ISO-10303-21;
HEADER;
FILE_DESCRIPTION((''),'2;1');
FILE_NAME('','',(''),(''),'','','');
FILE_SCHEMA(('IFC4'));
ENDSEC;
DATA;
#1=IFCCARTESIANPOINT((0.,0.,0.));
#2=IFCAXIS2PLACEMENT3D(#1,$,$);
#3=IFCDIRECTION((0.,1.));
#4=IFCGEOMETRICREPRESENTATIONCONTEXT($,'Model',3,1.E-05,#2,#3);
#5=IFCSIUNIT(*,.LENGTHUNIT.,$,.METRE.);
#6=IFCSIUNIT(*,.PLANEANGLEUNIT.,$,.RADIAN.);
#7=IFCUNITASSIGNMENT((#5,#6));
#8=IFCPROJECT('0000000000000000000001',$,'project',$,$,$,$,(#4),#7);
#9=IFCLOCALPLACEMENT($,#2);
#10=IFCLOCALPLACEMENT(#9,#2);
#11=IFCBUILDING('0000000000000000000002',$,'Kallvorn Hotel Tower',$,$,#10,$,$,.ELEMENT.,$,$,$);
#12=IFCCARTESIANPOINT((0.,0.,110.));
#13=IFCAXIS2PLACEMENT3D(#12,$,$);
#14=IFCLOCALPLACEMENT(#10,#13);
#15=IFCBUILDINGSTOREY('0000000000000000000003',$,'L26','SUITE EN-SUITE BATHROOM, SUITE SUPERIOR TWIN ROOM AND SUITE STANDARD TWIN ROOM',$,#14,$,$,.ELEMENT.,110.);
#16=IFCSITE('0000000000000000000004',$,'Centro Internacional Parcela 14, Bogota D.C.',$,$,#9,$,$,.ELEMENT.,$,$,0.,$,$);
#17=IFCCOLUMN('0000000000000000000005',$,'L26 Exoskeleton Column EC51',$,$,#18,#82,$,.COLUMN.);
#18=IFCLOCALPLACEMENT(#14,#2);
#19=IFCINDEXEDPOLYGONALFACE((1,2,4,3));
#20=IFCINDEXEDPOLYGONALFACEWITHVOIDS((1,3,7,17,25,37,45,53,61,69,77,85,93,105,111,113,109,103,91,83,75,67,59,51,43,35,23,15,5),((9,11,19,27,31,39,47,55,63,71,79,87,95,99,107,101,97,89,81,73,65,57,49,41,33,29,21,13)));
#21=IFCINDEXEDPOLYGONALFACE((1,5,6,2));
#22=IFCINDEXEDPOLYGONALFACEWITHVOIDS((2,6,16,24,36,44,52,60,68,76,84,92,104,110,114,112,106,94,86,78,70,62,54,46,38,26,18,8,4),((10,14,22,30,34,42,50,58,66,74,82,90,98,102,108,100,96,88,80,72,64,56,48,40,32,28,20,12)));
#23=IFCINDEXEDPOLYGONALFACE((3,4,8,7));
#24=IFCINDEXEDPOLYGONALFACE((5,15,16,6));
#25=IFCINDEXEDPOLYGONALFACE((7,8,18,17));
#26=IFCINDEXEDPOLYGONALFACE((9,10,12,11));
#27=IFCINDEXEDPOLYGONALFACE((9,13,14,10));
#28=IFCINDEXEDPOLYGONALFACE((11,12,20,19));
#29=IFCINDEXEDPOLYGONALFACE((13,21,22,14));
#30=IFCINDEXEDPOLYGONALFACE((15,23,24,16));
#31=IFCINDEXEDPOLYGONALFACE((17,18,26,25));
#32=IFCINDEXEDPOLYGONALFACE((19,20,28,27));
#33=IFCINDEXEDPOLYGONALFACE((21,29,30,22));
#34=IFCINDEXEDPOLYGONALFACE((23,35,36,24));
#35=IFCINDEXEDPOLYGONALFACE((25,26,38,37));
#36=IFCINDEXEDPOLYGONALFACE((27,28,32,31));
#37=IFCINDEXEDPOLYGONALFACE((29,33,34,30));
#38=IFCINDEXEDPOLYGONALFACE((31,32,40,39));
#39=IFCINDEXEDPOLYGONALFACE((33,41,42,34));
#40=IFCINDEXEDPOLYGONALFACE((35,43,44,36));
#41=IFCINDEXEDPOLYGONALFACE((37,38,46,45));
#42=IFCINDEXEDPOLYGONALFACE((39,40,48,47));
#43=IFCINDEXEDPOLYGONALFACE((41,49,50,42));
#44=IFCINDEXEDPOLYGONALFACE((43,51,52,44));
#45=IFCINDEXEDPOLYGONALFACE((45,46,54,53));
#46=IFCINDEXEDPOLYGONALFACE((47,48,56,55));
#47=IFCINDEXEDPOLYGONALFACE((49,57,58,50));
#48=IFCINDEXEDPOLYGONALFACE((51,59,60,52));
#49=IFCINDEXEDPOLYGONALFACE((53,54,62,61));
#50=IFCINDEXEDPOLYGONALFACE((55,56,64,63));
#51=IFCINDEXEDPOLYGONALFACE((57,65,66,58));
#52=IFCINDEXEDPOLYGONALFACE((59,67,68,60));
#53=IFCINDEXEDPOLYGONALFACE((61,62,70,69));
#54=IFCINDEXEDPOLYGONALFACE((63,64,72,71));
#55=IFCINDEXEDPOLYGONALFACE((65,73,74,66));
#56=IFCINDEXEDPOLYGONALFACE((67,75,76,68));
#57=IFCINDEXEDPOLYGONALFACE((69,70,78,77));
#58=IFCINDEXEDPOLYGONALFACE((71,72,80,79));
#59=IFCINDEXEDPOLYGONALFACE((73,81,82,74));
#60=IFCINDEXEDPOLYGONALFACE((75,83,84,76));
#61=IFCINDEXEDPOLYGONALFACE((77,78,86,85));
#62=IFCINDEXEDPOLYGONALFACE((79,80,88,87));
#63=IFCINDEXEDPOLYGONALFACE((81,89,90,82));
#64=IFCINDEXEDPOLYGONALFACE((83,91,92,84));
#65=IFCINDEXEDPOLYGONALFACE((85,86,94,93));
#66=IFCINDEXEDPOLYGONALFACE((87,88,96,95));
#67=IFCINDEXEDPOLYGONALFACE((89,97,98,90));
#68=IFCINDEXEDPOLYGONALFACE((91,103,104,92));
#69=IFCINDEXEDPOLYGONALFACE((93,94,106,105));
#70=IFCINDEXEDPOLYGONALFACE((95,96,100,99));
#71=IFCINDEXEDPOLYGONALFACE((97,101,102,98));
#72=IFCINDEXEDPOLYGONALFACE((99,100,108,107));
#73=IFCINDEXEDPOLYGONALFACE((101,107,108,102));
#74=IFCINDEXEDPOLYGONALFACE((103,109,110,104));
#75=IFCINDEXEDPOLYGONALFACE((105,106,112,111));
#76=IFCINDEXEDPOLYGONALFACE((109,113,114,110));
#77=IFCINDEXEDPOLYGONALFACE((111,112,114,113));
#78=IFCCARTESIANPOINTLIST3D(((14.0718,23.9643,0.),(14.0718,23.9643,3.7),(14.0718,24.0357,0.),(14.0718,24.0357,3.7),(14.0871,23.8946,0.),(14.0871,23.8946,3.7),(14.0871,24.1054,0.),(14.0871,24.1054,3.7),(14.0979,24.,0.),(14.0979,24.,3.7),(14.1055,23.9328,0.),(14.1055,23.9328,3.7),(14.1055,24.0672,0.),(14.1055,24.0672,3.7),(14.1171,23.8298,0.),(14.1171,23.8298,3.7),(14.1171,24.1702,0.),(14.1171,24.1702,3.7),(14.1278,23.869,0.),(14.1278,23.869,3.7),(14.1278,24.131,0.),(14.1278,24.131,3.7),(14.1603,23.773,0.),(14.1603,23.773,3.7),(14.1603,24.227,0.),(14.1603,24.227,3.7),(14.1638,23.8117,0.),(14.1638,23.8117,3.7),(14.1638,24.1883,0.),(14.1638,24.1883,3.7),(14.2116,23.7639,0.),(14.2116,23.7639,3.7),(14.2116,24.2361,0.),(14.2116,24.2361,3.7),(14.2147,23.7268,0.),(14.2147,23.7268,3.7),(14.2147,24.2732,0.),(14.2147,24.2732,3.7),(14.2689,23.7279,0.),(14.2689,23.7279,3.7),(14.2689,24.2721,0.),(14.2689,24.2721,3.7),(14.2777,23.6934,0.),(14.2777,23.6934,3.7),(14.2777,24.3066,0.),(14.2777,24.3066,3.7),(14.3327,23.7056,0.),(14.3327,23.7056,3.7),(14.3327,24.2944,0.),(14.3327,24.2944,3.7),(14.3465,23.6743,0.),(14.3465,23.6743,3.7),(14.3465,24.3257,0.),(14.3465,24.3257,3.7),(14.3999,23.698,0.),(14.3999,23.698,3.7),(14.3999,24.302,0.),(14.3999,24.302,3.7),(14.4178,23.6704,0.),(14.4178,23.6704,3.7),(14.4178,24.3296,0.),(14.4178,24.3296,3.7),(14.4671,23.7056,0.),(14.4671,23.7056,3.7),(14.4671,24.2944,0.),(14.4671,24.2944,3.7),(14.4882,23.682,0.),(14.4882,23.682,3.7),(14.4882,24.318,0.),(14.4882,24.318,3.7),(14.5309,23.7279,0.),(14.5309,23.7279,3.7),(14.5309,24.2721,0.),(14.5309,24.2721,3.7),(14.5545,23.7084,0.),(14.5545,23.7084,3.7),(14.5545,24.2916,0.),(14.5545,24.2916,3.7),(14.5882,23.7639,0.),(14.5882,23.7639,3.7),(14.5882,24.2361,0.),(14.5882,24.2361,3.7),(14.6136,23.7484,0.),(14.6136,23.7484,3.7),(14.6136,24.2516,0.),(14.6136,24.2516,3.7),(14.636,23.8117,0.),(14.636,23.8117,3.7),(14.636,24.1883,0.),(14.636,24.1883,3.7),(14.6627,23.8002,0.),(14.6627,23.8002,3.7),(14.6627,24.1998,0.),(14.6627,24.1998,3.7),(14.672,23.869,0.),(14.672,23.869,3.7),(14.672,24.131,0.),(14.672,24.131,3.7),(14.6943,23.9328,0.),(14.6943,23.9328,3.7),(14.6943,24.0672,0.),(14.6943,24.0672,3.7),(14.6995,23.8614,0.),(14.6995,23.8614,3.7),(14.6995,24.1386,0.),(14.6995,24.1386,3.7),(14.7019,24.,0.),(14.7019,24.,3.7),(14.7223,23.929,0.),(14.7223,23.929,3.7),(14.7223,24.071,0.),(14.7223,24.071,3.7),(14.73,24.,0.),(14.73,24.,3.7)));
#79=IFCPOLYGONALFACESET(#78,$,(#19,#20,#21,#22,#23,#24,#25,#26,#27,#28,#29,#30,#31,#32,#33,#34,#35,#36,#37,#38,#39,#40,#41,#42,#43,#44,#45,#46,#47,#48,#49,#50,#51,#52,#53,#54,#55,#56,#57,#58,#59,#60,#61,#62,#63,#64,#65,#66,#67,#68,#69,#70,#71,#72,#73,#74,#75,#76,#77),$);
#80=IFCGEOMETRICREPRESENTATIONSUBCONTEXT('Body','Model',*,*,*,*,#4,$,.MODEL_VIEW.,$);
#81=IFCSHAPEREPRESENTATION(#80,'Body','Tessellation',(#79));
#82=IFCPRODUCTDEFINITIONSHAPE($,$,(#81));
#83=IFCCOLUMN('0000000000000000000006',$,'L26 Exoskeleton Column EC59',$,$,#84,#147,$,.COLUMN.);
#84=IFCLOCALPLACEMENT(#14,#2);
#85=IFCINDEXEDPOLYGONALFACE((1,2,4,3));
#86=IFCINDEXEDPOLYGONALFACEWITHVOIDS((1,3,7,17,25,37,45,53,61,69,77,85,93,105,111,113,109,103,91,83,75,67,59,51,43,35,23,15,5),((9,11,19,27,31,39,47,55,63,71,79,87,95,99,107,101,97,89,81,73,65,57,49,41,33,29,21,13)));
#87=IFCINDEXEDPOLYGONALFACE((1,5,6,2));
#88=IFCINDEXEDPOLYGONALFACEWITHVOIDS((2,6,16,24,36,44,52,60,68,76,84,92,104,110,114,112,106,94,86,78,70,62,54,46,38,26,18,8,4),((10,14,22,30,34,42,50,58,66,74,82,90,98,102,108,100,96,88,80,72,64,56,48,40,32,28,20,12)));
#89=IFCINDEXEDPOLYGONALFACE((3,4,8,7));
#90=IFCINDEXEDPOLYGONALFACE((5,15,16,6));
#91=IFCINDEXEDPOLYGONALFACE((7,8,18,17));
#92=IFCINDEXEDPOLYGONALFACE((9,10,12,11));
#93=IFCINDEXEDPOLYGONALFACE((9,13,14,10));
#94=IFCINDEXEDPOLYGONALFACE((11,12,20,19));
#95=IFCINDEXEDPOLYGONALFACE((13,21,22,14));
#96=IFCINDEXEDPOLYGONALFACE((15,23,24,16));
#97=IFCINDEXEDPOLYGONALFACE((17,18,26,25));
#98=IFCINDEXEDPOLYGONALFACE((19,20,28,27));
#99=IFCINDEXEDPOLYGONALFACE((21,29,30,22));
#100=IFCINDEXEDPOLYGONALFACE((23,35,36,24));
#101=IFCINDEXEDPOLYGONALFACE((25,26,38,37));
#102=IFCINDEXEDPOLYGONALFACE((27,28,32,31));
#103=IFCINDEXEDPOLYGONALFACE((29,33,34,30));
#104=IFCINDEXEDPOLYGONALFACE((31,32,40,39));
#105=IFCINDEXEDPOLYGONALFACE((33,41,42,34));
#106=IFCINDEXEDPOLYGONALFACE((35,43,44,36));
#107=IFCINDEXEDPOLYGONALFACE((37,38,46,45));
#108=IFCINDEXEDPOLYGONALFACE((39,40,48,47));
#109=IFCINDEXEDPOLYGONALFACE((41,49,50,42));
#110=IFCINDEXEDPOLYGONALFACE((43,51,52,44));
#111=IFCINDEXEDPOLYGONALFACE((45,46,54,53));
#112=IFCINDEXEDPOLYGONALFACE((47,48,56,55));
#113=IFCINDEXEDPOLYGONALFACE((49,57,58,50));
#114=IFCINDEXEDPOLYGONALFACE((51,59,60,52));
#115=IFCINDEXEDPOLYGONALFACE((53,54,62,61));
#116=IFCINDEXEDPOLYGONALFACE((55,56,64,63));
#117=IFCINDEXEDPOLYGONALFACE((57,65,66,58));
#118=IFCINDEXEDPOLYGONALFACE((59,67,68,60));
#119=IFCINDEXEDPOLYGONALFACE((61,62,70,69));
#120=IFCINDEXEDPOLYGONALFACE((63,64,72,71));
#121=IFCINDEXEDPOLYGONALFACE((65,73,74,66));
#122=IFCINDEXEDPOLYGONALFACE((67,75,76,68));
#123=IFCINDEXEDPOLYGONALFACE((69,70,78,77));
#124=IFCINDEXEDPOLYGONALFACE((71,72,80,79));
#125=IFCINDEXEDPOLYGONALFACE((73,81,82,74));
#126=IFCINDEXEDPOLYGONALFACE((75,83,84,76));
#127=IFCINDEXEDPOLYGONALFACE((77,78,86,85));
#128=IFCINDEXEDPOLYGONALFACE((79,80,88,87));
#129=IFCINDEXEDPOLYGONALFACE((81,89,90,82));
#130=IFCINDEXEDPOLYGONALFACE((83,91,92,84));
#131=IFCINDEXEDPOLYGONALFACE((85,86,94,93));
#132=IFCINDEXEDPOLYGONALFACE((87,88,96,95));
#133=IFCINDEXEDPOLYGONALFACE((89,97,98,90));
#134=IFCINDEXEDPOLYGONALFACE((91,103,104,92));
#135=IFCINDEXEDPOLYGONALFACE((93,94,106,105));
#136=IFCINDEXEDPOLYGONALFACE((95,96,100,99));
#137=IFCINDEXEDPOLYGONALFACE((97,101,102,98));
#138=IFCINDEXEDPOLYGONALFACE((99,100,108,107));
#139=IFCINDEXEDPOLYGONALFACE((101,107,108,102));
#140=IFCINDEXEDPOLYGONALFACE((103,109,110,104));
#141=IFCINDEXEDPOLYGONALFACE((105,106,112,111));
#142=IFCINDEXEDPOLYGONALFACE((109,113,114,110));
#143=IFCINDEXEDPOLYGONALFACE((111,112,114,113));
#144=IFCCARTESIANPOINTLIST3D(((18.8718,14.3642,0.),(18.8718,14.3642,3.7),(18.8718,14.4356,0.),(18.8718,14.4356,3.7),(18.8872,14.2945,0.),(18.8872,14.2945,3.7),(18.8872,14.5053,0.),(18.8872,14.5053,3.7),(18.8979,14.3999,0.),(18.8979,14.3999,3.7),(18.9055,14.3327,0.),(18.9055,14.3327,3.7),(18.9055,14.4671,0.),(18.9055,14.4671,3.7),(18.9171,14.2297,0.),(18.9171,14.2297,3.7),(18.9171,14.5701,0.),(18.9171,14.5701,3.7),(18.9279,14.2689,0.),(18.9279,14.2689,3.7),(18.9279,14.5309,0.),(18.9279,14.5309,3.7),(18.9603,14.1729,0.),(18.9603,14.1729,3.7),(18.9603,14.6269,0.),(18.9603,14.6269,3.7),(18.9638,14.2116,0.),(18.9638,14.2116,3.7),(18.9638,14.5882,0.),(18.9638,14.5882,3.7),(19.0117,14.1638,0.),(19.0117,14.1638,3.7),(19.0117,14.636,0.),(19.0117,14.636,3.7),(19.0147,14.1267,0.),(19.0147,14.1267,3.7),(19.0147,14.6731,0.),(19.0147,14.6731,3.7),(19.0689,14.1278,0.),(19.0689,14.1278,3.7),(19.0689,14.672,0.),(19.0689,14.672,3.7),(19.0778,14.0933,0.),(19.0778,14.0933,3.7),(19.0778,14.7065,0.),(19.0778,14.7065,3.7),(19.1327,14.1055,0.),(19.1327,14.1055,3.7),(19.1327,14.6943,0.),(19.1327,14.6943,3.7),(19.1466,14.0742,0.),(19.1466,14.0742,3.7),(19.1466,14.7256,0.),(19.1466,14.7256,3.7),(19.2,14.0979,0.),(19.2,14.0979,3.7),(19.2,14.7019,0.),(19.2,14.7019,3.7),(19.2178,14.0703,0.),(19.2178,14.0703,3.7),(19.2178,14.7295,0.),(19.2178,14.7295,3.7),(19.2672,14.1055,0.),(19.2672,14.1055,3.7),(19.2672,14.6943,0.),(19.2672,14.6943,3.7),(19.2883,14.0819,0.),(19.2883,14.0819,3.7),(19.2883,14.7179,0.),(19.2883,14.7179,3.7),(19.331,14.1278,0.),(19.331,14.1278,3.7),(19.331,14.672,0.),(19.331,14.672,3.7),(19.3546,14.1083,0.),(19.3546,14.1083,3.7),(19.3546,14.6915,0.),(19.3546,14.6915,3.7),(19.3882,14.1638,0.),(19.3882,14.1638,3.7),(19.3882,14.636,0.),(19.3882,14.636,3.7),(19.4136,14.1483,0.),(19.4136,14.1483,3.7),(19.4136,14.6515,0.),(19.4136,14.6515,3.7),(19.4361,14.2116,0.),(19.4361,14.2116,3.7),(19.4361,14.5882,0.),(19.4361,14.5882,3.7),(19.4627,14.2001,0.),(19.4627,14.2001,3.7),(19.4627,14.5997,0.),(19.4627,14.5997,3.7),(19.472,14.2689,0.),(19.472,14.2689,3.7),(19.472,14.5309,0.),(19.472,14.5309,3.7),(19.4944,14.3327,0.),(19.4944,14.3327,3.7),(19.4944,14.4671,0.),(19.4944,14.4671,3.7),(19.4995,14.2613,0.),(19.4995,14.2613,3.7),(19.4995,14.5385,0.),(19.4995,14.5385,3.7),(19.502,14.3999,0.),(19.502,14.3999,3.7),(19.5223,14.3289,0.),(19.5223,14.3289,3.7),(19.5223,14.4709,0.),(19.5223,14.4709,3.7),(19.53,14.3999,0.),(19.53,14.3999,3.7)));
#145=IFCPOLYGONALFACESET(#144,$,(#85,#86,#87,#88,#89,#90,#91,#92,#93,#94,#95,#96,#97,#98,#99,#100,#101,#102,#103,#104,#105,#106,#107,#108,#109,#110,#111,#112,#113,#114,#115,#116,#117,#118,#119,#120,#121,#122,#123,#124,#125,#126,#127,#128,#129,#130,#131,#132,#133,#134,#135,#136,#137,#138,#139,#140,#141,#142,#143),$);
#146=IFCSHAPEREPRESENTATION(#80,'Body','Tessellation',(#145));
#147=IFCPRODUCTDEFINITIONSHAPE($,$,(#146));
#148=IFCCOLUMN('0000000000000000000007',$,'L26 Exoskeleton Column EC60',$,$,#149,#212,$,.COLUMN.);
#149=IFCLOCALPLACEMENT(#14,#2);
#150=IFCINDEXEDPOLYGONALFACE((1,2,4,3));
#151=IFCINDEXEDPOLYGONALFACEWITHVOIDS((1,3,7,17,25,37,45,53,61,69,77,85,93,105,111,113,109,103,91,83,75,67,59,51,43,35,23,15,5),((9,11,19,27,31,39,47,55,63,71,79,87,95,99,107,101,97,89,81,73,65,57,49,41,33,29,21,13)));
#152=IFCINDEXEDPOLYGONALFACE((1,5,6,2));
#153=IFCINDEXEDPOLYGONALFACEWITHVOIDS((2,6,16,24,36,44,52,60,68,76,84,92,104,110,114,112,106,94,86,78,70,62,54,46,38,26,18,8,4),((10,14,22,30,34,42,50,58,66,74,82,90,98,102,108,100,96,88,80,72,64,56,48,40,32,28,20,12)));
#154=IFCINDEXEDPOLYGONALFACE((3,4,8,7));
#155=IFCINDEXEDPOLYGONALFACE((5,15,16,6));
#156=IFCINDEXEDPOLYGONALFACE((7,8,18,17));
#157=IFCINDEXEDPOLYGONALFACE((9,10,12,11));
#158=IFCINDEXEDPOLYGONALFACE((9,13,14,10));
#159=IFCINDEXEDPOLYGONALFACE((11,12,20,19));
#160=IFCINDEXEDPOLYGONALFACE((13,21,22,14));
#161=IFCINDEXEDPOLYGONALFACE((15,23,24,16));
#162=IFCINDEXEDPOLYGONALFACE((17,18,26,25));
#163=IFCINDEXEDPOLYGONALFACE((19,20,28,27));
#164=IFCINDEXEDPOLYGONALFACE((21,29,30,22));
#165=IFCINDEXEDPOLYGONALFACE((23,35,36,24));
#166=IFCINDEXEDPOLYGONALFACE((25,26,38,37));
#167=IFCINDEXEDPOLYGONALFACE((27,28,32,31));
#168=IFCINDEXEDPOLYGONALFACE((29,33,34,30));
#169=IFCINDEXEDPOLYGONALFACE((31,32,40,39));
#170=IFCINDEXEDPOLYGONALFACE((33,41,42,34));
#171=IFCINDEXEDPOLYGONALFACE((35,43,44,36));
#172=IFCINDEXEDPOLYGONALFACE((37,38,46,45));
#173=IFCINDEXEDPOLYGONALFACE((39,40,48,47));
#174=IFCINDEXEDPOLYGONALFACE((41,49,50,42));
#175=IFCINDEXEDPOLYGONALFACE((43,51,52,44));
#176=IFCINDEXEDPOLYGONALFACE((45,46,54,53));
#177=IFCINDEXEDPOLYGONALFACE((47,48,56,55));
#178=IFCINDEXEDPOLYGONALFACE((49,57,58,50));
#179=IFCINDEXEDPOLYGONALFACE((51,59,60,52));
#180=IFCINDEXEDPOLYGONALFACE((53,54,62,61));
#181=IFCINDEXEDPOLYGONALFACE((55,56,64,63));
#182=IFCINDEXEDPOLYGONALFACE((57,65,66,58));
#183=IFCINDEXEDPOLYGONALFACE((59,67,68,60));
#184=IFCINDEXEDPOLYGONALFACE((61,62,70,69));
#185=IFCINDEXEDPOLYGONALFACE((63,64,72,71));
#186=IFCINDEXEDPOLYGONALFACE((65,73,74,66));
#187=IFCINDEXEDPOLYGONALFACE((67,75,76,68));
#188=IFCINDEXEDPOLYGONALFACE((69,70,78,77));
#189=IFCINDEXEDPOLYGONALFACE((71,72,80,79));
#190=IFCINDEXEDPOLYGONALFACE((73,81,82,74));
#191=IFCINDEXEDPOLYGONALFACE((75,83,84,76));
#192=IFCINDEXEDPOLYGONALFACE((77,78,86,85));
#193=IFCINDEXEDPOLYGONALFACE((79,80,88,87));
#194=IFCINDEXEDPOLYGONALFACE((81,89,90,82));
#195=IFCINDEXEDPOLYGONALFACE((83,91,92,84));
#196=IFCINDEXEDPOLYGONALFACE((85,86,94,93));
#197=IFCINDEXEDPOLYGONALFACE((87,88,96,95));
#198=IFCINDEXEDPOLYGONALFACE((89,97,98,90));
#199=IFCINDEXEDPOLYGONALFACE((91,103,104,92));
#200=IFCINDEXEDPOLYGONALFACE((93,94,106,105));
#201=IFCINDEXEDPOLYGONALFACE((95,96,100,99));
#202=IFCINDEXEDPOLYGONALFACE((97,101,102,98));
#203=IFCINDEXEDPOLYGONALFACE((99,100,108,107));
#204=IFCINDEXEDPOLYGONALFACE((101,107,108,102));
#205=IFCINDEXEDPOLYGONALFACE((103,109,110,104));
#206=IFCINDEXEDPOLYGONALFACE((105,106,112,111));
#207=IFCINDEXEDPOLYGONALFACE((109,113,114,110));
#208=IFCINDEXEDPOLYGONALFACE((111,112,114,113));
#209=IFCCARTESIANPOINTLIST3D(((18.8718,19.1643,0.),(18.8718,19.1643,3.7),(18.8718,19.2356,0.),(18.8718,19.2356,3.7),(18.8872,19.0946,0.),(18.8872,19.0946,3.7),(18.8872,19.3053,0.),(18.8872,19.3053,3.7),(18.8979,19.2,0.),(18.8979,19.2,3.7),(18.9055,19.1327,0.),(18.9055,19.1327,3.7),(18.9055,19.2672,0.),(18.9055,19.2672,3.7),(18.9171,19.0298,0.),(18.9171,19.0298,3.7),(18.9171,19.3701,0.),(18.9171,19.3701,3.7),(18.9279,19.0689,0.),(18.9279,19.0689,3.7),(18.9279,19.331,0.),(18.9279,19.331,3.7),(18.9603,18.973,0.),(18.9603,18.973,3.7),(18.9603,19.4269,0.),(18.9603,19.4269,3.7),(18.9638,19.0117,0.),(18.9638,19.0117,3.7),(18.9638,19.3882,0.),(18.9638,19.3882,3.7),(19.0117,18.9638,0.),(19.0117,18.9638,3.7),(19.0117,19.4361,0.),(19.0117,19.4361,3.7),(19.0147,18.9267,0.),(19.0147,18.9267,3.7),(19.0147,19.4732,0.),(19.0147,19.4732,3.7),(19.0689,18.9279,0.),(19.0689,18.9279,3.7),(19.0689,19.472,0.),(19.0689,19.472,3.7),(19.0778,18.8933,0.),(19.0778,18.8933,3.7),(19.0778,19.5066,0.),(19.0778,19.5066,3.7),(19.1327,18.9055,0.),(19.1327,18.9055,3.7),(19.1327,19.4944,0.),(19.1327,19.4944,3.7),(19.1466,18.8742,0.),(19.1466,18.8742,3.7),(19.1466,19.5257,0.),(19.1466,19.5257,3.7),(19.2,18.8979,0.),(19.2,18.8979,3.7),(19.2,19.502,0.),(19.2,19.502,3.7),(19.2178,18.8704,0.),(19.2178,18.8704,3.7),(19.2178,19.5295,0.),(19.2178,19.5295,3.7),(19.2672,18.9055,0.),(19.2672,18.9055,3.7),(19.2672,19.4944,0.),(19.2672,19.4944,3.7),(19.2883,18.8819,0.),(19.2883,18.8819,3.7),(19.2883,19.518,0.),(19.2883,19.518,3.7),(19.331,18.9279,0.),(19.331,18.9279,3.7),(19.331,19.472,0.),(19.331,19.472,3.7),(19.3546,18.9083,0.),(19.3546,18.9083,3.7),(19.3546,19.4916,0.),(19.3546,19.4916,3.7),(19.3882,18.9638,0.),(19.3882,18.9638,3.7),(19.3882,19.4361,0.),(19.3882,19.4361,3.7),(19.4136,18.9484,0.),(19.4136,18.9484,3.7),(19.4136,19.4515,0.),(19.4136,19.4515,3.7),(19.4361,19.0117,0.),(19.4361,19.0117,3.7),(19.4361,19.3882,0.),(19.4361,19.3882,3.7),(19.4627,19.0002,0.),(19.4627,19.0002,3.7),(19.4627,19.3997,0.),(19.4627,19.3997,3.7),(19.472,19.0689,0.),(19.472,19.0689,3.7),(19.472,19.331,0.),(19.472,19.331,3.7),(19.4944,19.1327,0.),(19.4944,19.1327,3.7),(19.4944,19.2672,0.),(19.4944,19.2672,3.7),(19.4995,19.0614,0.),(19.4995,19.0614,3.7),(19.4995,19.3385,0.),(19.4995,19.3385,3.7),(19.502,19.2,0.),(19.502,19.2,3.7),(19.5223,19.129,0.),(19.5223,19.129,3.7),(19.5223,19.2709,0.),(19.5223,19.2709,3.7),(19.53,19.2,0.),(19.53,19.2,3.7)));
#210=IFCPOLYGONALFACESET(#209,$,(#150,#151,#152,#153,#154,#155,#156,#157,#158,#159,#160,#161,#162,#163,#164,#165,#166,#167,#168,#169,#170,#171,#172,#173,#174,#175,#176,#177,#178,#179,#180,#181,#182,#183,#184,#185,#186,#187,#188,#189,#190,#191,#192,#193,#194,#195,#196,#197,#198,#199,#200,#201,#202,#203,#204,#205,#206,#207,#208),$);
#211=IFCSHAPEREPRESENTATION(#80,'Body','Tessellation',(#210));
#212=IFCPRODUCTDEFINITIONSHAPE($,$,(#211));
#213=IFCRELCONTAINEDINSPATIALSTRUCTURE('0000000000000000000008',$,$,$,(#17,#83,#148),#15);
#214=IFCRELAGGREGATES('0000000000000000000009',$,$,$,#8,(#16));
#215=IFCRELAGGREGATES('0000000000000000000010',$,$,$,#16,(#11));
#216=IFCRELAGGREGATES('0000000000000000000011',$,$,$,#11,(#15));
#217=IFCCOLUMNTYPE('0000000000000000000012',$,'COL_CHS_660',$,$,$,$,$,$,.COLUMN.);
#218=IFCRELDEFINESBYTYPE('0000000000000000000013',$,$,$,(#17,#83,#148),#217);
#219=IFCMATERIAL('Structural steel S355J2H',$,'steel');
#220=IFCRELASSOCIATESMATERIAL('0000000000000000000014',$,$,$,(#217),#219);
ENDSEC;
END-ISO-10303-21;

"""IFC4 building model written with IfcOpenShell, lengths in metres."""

from ifc_helpers import new_model, si_unit, direction, frame, origin, origin_2d, place, context, subcontext, project, spatial, hollow_circle, extrude, material, material_profile, profile_set, type_object, element, save


model = new_model("IFC4")

# Units and contexts
model_context = context("Model", 3, precision=1e-05, world=origin(), true_north=direction((0.0, 1.0)))
body_context = subcontext(model_context, "Body", "Model", "MODEL_VIEW")
ifc_project = project(units=[si_unit("LENGTHUNIT", "METRE"), si_unit("PLANEANGLEUNIT", "RADIAN")], contexts=[model_context])

# Site, building, storey
site_placement = place(None, origin())
site = spatial("IfcSite", under=ifc_project, at=site_placement, Name="Centro Internacional Parcela 14, Bogota D.C.", CompositionType="ELEMENT", RefElevation=0.0)
building_placement = place(site_placement, origin())
building = spatial("IfcBuilding", under=site, at=building_placement, Name="Kallvorn Hotel Tower", CompositionType="ELEMENT")
storey_placement = place(building_placement, frame((0.0, 0.0, 110.0)))
storey = spatial("IfcBuildingStorey", under=building, at=storey_placement, Name="L26", Description="SUITE EN-SUITE BATHROOM, SUITE SUPERIOR TWIN ROOM AND SUITE STANDARD TWIN ROOM", CompositionType="ELEMENT", Elevation=110.0)

# Columns
ifc_material_1 = material(Name="Structural steel S355J2H", Category="steel")
ifc_material_profile_1 = material_profile(ifc_material_1, hollow_circle(Radius=0.3301, WallThickness=0.0281, at=origin_2d()), Name="CHS 660x28")
ifc_profile_set_1 = profile_set([ifc_material_profile_1], Name="Structural steel S355J2H")
column_type_1 = type_object("IfcColumnType", Name="COL_CHS_660", PredefinedType="COLUMN", material=ifc_profile_set_1)
for number, where, z_axis, x_axis, name in (
    (1, (14.3999, 24.0, 0.0), (0.0, 0.0, 1.0), (1.0, 0.0, 0.0), "L26 Exoskeleton Column EC51"),
    (2, (19.2, 14.3999, 0.0), (0.0, 0.0, 1.0), (1.0, 0.0, 0.0), "L26 Exoskeleton Column EC59"),
    (3, (19.2, 19.2, 0.0), (0.0, 0.0, 1.0), (1.0, 0.0, 0.0), "L26 Exoskeleton Column EC60"),
):
    element("IfcColumn", number, at=place(storey_placement, frame(where, z_axis=z_axis, x_axis=x_axis)), inside=storey, type_object=column_type_1, Name=name, PredefinedType="COLUMN", context=body_context, shape_type="SweptSolid", body=[
        extrude(hollow_circle(Radius=0.3301, WallThickness=0.0281, at=origin_2d()), origin(), (0.0, 0.0, 1.0), 3.7),
    ])

save(model, "model.ifc")
